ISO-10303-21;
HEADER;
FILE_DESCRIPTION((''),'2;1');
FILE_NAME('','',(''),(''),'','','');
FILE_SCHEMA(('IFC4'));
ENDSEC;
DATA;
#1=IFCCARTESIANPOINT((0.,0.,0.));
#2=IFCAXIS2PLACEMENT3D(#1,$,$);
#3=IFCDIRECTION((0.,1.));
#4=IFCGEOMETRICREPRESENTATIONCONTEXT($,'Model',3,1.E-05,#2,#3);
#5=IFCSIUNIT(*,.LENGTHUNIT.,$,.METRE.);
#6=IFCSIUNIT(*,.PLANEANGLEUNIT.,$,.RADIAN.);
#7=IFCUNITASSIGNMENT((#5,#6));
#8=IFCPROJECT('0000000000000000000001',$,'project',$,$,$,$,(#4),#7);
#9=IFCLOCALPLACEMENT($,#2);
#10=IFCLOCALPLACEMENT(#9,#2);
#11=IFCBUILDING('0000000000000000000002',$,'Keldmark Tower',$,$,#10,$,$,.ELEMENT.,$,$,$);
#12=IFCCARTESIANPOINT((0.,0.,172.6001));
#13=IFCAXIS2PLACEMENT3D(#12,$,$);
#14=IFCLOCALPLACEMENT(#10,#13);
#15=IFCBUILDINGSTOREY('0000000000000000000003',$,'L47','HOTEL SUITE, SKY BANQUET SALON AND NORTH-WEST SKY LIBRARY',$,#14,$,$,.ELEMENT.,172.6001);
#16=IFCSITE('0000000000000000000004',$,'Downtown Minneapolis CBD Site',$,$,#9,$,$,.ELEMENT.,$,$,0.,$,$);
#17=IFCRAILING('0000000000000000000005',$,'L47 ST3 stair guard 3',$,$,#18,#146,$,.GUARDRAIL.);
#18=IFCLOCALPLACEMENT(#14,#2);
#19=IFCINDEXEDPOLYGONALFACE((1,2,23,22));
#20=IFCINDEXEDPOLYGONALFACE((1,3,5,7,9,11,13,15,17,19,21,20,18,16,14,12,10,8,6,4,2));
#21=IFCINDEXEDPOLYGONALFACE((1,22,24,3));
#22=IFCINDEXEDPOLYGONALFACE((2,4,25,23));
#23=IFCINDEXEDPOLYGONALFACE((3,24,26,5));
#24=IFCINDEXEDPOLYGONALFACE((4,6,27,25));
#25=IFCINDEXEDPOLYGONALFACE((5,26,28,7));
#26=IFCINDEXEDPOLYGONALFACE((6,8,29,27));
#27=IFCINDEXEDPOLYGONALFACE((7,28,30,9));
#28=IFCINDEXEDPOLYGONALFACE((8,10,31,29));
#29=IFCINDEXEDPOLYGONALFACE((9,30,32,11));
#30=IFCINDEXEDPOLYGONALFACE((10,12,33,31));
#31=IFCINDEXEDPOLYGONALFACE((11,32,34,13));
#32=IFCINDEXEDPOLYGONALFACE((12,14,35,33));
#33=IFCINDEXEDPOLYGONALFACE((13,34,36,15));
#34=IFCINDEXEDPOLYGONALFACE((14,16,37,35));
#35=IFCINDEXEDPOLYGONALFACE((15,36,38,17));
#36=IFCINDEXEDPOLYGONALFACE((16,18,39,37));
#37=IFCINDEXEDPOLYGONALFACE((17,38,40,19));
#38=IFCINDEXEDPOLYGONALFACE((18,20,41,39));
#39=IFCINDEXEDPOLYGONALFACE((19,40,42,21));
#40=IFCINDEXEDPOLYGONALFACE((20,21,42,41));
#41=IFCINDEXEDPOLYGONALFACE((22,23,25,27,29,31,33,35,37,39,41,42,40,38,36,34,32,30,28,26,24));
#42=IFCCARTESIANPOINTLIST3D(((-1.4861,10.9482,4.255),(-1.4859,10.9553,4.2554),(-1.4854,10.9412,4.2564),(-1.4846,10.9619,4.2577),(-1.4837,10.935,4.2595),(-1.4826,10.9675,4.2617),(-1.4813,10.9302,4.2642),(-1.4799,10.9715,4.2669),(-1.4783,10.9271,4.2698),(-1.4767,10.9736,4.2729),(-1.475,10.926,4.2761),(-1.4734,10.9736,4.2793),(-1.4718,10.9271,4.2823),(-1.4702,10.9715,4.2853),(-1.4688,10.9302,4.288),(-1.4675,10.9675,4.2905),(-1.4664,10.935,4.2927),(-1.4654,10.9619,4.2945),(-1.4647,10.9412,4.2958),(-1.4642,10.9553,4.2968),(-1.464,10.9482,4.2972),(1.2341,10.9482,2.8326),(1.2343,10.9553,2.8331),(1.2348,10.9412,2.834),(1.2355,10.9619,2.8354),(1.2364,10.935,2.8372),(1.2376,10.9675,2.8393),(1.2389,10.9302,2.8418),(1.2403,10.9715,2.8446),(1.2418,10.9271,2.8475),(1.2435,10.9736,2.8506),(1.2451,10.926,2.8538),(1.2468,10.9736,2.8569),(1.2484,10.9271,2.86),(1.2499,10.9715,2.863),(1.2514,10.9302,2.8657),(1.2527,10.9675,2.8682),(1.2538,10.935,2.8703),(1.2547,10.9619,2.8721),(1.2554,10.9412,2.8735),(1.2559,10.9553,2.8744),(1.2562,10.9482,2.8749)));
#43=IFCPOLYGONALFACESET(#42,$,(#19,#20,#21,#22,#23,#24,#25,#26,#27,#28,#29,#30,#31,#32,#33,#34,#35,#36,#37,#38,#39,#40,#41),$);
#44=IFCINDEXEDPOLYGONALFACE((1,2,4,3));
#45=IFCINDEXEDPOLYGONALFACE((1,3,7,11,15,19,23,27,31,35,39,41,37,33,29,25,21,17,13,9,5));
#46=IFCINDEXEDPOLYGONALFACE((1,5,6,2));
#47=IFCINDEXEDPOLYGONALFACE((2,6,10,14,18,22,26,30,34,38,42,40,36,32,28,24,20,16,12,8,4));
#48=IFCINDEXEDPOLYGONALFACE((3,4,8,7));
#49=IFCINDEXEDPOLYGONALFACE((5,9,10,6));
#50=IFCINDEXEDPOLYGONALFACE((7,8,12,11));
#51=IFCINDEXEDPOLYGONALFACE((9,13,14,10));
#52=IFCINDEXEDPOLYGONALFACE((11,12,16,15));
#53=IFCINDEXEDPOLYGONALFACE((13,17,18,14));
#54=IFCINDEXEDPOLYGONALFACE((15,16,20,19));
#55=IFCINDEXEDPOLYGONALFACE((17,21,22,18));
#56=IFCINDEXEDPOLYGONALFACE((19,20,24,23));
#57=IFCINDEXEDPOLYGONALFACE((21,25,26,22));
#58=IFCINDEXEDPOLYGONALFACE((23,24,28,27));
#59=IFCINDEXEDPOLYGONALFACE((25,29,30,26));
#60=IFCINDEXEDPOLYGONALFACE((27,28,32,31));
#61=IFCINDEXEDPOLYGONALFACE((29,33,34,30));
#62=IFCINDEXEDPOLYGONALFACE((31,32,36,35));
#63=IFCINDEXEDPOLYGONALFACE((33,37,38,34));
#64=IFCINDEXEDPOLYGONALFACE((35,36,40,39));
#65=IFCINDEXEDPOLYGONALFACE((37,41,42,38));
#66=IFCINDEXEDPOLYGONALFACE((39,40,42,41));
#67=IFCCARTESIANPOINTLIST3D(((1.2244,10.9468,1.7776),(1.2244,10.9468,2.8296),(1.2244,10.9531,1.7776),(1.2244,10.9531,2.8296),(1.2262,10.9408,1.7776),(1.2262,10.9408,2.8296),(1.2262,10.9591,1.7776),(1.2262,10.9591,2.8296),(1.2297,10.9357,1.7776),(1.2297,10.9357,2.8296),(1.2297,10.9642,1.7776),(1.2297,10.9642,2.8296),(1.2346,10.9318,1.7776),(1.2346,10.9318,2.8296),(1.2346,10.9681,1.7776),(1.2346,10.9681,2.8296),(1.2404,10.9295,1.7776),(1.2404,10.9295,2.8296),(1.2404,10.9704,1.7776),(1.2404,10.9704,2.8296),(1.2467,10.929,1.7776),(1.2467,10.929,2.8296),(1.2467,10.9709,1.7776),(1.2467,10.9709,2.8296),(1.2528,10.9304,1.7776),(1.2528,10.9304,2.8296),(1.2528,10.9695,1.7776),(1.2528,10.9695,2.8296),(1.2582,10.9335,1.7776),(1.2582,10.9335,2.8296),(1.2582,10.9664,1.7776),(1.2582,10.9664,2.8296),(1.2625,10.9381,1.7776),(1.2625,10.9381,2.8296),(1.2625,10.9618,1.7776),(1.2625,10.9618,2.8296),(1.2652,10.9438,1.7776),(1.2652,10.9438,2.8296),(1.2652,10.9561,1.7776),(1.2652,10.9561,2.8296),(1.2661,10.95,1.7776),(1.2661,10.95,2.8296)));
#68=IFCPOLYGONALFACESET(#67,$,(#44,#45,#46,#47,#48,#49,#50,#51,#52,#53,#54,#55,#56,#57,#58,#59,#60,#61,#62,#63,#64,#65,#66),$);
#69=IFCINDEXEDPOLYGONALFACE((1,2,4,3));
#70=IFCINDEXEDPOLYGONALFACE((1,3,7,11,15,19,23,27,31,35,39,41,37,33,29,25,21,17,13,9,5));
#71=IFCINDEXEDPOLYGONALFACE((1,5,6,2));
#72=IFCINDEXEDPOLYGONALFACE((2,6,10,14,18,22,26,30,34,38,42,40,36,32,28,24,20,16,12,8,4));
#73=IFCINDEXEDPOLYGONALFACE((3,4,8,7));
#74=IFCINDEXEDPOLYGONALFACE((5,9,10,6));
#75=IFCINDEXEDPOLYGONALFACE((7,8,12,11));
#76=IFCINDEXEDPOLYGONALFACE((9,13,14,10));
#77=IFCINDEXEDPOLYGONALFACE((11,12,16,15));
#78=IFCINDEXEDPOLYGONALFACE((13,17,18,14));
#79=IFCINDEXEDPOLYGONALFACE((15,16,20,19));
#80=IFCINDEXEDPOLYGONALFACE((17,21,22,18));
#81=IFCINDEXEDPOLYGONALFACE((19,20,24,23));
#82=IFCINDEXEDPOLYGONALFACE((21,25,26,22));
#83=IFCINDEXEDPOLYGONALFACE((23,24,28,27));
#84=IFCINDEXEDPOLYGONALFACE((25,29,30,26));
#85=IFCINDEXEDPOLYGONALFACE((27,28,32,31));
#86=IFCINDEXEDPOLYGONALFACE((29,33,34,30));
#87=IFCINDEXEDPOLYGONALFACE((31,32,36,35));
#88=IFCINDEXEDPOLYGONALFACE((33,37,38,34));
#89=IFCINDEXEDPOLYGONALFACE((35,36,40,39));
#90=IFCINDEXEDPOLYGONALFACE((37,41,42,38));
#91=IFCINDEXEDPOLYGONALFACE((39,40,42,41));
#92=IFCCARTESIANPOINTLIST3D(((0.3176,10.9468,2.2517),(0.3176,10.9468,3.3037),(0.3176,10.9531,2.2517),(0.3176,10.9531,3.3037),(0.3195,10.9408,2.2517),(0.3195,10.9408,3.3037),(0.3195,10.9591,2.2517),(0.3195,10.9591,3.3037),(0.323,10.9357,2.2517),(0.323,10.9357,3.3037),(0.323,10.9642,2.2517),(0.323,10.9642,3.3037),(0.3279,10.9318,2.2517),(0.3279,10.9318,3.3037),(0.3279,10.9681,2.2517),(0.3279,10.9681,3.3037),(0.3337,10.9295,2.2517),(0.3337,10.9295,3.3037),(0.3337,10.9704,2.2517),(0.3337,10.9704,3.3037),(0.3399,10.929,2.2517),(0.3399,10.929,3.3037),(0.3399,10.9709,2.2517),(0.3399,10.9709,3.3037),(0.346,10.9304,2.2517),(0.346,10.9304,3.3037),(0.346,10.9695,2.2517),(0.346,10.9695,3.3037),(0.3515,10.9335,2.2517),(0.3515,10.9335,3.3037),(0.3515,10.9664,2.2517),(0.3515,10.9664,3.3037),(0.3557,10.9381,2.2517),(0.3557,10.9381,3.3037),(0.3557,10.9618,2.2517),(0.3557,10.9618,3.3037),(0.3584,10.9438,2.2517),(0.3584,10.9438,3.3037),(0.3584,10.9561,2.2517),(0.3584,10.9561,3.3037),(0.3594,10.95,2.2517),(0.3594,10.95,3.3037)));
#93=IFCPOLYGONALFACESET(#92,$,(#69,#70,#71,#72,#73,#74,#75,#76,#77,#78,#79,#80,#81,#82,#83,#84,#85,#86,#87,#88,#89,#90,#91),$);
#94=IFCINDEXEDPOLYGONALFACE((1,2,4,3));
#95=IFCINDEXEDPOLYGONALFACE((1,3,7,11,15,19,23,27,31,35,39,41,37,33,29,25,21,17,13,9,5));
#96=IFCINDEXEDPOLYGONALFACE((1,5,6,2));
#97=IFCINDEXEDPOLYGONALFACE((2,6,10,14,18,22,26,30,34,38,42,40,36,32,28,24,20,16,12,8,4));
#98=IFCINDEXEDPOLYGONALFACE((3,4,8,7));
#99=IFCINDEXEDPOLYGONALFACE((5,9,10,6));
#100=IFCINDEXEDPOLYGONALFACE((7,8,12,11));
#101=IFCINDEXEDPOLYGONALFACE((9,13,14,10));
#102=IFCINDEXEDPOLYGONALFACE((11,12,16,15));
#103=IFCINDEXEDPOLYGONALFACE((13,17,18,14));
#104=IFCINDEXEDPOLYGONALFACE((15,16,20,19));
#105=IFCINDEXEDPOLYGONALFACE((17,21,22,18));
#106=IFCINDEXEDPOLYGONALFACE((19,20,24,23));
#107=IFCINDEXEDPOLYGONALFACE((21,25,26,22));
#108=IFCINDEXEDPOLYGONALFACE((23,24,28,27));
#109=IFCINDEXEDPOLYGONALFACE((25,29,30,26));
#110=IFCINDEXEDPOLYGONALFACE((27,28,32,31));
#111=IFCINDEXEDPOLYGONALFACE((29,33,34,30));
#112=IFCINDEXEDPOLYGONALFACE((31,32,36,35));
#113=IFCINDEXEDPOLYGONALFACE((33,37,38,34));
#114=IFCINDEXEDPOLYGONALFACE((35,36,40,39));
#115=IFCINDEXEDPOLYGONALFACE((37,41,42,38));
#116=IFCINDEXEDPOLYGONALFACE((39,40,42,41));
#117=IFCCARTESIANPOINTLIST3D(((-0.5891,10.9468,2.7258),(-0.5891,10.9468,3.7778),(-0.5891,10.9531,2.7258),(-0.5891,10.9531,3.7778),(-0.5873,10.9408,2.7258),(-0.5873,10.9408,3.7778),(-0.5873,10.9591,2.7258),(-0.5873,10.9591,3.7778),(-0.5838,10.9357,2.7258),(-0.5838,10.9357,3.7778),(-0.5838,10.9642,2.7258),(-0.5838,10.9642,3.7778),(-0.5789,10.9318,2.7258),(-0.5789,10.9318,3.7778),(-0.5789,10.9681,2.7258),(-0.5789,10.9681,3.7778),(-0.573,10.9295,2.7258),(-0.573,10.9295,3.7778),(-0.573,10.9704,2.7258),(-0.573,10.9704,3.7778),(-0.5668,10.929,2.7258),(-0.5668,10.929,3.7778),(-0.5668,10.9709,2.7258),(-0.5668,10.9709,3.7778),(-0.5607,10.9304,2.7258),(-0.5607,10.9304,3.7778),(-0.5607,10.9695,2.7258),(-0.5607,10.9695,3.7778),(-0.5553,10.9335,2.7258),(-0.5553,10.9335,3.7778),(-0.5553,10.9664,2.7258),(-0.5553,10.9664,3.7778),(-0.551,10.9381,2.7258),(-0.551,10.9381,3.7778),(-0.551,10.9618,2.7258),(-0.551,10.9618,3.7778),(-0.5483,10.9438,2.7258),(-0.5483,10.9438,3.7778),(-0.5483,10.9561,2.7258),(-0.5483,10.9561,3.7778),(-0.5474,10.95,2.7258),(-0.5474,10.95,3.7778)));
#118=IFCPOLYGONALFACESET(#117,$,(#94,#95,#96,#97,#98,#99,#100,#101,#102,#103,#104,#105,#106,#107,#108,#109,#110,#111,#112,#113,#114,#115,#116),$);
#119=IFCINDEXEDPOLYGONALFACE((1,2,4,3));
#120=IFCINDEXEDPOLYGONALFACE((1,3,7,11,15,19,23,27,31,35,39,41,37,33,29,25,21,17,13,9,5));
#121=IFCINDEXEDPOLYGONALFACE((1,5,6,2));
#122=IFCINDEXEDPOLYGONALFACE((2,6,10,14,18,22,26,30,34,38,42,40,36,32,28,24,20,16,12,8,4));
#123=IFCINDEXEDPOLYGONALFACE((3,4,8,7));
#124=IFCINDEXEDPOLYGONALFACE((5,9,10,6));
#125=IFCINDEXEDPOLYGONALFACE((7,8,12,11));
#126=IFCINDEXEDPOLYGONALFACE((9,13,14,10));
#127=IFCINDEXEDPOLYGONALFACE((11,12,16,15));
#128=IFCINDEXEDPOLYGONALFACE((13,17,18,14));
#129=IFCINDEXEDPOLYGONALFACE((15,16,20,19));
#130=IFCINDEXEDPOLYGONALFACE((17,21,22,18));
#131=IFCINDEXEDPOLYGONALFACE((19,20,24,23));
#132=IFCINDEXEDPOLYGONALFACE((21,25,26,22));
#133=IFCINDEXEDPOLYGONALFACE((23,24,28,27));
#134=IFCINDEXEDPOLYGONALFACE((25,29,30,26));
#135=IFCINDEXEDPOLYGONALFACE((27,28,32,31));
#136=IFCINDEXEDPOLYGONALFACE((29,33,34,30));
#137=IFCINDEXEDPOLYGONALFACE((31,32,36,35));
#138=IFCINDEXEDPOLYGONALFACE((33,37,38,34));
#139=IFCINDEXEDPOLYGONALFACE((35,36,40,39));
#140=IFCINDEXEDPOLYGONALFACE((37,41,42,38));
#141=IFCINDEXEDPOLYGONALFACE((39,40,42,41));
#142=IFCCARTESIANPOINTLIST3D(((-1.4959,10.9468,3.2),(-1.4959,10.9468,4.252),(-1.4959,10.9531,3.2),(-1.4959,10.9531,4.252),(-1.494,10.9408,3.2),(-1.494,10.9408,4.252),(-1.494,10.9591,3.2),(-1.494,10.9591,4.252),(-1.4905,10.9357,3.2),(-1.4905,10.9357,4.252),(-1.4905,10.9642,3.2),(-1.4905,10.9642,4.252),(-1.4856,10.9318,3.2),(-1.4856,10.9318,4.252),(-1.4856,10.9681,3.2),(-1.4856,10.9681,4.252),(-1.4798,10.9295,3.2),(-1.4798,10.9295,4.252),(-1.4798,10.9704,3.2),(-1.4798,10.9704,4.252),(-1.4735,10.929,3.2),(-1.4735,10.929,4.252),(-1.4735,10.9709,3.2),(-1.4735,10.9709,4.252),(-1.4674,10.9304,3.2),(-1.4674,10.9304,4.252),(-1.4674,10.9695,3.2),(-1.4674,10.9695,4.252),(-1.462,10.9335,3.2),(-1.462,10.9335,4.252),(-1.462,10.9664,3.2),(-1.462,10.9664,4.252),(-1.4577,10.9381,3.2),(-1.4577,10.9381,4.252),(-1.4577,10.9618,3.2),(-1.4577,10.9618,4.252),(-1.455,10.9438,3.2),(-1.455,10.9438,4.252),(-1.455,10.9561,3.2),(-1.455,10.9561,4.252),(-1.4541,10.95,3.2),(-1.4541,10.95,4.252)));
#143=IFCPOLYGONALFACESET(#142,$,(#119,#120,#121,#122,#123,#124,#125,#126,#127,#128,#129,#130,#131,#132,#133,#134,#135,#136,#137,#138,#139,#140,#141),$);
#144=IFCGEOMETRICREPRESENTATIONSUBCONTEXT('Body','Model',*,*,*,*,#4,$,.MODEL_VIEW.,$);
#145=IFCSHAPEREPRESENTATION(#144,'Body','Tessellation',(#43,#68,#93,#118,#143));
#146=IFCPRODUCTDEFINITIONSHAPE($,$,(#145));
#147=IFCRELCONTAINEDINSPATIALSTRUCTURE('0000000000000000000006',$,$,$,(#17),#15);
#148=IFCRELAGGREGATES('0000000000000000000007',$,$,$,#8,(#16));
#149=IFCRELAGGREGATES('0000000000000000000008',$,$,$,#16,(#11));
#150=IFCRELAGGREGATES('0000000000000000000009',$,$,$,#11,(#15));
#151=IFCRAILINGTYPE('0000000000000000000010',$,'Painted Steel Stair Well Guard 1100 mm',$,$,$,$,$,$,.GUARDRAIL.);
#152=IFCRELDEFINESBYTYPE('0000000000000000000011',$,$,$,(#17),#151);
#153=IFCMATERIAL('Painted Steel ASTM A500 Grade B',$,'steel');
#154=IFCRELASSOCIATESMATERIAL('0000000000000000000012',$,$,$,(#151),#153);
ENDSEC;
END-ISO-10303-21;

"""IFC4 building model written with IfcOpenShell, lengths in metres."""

from ifc_helpers import new_model, si_unit, direction, frame, origin, origin_2d, place, context, subcontext, project, spatial, circle, extrude, material, type_object, element, save


model = new_model("IFC4")

# Units and contexts
model_context = context("Model", 3, precision=1e-05, world=origin(), true_north=direction((0.0, 1.0)))
body_context = subcontext(model_context, "Body", "Model", "MODEL_VIEW")
ifc_project = project(units=[si_unit("LENGTHUNIT", "METRE"), si_unit("PLANEANGLEUNIT", "RADIAN")], contexts=[model_context])

# Site, building, storey
site_placement = place(None, origin())
site = spatial("IfcSite", under=ifc_project, at=site_placement, Name="Downtown Minneapolis CBD Site", CompositionType="ELEMENT", RefElevation=0.0)
building_placement = place(site_placement, origin())
building = spatial("IfcBuilding", under=site, at=building_placement, Name="Keldmark Tower", CompositionType="ELEMENT")
storey_placement = place(building_placement, frame((0.0, 0.0, 172.6001)))
storey = spatial("IfcBuildingStorey", under=building, at=storey_placement, Name="L47", Description="HOTEL SUITE, SKY BANQUET SALON AND NORTH-WEST SKY LIBRARY", CompositionType="ELEMENT", Elevation=172.6001)

# Railing
ifc_material_1 = material(Name="Painted Steel ASTM A500 Grade B", Category="steel")
railing_type_1 = type_object("IfcRailingType", Name="Painted Steel Stair Well Guard 1100 mm", PredefinedType="GUARDRAIL", material=ifc_material_1)
railing_1_placement = place(storey_placement, frame((1.2451, 10.95, 1.7776)))
element("IfcRailing", 1, at=railing_1_placement, inside=storey, type_object=railing_type_1, Name="L47 ST3 stair guard 3", PredefinedType="GUARDRAIL", context=body_context, shape_type="SweptSolid", body=[
    extrude(circle(Radius=0.0239, at=origin_2d()), frame((0.0, 0.0, 1.0762), z_axis=(-0.886168, 0.0, 0.463365), x_axis=(0.0, -1.0, 0.0)), (0.0, 0.0, 1.0), 3.0696),
    extrude(circle(Radius=0.021, at=origin_2d()), origin(), (0.0, 0.0, 1.0), 1.052),
    extrude(circle(Radius=0.021, at=origin_2d()), frame((-0.9067, 0.0, 0.4741)), (0.0, 0.0, 1.0), 1.052),
    extrude(circle(Radius=0.021, at=origin_2d()), frame((-1.8135, 0.0, 0.9482)), (0.0, 0.0, 1.0), 1.052),
    extrude(circle(Radius=0.021, at=origin_2d()), frame((-2.7202, 0.0, 1.4224)), (0.0, 0.0, 1.0), 1.052),
])

save(model, "model.ifc")
